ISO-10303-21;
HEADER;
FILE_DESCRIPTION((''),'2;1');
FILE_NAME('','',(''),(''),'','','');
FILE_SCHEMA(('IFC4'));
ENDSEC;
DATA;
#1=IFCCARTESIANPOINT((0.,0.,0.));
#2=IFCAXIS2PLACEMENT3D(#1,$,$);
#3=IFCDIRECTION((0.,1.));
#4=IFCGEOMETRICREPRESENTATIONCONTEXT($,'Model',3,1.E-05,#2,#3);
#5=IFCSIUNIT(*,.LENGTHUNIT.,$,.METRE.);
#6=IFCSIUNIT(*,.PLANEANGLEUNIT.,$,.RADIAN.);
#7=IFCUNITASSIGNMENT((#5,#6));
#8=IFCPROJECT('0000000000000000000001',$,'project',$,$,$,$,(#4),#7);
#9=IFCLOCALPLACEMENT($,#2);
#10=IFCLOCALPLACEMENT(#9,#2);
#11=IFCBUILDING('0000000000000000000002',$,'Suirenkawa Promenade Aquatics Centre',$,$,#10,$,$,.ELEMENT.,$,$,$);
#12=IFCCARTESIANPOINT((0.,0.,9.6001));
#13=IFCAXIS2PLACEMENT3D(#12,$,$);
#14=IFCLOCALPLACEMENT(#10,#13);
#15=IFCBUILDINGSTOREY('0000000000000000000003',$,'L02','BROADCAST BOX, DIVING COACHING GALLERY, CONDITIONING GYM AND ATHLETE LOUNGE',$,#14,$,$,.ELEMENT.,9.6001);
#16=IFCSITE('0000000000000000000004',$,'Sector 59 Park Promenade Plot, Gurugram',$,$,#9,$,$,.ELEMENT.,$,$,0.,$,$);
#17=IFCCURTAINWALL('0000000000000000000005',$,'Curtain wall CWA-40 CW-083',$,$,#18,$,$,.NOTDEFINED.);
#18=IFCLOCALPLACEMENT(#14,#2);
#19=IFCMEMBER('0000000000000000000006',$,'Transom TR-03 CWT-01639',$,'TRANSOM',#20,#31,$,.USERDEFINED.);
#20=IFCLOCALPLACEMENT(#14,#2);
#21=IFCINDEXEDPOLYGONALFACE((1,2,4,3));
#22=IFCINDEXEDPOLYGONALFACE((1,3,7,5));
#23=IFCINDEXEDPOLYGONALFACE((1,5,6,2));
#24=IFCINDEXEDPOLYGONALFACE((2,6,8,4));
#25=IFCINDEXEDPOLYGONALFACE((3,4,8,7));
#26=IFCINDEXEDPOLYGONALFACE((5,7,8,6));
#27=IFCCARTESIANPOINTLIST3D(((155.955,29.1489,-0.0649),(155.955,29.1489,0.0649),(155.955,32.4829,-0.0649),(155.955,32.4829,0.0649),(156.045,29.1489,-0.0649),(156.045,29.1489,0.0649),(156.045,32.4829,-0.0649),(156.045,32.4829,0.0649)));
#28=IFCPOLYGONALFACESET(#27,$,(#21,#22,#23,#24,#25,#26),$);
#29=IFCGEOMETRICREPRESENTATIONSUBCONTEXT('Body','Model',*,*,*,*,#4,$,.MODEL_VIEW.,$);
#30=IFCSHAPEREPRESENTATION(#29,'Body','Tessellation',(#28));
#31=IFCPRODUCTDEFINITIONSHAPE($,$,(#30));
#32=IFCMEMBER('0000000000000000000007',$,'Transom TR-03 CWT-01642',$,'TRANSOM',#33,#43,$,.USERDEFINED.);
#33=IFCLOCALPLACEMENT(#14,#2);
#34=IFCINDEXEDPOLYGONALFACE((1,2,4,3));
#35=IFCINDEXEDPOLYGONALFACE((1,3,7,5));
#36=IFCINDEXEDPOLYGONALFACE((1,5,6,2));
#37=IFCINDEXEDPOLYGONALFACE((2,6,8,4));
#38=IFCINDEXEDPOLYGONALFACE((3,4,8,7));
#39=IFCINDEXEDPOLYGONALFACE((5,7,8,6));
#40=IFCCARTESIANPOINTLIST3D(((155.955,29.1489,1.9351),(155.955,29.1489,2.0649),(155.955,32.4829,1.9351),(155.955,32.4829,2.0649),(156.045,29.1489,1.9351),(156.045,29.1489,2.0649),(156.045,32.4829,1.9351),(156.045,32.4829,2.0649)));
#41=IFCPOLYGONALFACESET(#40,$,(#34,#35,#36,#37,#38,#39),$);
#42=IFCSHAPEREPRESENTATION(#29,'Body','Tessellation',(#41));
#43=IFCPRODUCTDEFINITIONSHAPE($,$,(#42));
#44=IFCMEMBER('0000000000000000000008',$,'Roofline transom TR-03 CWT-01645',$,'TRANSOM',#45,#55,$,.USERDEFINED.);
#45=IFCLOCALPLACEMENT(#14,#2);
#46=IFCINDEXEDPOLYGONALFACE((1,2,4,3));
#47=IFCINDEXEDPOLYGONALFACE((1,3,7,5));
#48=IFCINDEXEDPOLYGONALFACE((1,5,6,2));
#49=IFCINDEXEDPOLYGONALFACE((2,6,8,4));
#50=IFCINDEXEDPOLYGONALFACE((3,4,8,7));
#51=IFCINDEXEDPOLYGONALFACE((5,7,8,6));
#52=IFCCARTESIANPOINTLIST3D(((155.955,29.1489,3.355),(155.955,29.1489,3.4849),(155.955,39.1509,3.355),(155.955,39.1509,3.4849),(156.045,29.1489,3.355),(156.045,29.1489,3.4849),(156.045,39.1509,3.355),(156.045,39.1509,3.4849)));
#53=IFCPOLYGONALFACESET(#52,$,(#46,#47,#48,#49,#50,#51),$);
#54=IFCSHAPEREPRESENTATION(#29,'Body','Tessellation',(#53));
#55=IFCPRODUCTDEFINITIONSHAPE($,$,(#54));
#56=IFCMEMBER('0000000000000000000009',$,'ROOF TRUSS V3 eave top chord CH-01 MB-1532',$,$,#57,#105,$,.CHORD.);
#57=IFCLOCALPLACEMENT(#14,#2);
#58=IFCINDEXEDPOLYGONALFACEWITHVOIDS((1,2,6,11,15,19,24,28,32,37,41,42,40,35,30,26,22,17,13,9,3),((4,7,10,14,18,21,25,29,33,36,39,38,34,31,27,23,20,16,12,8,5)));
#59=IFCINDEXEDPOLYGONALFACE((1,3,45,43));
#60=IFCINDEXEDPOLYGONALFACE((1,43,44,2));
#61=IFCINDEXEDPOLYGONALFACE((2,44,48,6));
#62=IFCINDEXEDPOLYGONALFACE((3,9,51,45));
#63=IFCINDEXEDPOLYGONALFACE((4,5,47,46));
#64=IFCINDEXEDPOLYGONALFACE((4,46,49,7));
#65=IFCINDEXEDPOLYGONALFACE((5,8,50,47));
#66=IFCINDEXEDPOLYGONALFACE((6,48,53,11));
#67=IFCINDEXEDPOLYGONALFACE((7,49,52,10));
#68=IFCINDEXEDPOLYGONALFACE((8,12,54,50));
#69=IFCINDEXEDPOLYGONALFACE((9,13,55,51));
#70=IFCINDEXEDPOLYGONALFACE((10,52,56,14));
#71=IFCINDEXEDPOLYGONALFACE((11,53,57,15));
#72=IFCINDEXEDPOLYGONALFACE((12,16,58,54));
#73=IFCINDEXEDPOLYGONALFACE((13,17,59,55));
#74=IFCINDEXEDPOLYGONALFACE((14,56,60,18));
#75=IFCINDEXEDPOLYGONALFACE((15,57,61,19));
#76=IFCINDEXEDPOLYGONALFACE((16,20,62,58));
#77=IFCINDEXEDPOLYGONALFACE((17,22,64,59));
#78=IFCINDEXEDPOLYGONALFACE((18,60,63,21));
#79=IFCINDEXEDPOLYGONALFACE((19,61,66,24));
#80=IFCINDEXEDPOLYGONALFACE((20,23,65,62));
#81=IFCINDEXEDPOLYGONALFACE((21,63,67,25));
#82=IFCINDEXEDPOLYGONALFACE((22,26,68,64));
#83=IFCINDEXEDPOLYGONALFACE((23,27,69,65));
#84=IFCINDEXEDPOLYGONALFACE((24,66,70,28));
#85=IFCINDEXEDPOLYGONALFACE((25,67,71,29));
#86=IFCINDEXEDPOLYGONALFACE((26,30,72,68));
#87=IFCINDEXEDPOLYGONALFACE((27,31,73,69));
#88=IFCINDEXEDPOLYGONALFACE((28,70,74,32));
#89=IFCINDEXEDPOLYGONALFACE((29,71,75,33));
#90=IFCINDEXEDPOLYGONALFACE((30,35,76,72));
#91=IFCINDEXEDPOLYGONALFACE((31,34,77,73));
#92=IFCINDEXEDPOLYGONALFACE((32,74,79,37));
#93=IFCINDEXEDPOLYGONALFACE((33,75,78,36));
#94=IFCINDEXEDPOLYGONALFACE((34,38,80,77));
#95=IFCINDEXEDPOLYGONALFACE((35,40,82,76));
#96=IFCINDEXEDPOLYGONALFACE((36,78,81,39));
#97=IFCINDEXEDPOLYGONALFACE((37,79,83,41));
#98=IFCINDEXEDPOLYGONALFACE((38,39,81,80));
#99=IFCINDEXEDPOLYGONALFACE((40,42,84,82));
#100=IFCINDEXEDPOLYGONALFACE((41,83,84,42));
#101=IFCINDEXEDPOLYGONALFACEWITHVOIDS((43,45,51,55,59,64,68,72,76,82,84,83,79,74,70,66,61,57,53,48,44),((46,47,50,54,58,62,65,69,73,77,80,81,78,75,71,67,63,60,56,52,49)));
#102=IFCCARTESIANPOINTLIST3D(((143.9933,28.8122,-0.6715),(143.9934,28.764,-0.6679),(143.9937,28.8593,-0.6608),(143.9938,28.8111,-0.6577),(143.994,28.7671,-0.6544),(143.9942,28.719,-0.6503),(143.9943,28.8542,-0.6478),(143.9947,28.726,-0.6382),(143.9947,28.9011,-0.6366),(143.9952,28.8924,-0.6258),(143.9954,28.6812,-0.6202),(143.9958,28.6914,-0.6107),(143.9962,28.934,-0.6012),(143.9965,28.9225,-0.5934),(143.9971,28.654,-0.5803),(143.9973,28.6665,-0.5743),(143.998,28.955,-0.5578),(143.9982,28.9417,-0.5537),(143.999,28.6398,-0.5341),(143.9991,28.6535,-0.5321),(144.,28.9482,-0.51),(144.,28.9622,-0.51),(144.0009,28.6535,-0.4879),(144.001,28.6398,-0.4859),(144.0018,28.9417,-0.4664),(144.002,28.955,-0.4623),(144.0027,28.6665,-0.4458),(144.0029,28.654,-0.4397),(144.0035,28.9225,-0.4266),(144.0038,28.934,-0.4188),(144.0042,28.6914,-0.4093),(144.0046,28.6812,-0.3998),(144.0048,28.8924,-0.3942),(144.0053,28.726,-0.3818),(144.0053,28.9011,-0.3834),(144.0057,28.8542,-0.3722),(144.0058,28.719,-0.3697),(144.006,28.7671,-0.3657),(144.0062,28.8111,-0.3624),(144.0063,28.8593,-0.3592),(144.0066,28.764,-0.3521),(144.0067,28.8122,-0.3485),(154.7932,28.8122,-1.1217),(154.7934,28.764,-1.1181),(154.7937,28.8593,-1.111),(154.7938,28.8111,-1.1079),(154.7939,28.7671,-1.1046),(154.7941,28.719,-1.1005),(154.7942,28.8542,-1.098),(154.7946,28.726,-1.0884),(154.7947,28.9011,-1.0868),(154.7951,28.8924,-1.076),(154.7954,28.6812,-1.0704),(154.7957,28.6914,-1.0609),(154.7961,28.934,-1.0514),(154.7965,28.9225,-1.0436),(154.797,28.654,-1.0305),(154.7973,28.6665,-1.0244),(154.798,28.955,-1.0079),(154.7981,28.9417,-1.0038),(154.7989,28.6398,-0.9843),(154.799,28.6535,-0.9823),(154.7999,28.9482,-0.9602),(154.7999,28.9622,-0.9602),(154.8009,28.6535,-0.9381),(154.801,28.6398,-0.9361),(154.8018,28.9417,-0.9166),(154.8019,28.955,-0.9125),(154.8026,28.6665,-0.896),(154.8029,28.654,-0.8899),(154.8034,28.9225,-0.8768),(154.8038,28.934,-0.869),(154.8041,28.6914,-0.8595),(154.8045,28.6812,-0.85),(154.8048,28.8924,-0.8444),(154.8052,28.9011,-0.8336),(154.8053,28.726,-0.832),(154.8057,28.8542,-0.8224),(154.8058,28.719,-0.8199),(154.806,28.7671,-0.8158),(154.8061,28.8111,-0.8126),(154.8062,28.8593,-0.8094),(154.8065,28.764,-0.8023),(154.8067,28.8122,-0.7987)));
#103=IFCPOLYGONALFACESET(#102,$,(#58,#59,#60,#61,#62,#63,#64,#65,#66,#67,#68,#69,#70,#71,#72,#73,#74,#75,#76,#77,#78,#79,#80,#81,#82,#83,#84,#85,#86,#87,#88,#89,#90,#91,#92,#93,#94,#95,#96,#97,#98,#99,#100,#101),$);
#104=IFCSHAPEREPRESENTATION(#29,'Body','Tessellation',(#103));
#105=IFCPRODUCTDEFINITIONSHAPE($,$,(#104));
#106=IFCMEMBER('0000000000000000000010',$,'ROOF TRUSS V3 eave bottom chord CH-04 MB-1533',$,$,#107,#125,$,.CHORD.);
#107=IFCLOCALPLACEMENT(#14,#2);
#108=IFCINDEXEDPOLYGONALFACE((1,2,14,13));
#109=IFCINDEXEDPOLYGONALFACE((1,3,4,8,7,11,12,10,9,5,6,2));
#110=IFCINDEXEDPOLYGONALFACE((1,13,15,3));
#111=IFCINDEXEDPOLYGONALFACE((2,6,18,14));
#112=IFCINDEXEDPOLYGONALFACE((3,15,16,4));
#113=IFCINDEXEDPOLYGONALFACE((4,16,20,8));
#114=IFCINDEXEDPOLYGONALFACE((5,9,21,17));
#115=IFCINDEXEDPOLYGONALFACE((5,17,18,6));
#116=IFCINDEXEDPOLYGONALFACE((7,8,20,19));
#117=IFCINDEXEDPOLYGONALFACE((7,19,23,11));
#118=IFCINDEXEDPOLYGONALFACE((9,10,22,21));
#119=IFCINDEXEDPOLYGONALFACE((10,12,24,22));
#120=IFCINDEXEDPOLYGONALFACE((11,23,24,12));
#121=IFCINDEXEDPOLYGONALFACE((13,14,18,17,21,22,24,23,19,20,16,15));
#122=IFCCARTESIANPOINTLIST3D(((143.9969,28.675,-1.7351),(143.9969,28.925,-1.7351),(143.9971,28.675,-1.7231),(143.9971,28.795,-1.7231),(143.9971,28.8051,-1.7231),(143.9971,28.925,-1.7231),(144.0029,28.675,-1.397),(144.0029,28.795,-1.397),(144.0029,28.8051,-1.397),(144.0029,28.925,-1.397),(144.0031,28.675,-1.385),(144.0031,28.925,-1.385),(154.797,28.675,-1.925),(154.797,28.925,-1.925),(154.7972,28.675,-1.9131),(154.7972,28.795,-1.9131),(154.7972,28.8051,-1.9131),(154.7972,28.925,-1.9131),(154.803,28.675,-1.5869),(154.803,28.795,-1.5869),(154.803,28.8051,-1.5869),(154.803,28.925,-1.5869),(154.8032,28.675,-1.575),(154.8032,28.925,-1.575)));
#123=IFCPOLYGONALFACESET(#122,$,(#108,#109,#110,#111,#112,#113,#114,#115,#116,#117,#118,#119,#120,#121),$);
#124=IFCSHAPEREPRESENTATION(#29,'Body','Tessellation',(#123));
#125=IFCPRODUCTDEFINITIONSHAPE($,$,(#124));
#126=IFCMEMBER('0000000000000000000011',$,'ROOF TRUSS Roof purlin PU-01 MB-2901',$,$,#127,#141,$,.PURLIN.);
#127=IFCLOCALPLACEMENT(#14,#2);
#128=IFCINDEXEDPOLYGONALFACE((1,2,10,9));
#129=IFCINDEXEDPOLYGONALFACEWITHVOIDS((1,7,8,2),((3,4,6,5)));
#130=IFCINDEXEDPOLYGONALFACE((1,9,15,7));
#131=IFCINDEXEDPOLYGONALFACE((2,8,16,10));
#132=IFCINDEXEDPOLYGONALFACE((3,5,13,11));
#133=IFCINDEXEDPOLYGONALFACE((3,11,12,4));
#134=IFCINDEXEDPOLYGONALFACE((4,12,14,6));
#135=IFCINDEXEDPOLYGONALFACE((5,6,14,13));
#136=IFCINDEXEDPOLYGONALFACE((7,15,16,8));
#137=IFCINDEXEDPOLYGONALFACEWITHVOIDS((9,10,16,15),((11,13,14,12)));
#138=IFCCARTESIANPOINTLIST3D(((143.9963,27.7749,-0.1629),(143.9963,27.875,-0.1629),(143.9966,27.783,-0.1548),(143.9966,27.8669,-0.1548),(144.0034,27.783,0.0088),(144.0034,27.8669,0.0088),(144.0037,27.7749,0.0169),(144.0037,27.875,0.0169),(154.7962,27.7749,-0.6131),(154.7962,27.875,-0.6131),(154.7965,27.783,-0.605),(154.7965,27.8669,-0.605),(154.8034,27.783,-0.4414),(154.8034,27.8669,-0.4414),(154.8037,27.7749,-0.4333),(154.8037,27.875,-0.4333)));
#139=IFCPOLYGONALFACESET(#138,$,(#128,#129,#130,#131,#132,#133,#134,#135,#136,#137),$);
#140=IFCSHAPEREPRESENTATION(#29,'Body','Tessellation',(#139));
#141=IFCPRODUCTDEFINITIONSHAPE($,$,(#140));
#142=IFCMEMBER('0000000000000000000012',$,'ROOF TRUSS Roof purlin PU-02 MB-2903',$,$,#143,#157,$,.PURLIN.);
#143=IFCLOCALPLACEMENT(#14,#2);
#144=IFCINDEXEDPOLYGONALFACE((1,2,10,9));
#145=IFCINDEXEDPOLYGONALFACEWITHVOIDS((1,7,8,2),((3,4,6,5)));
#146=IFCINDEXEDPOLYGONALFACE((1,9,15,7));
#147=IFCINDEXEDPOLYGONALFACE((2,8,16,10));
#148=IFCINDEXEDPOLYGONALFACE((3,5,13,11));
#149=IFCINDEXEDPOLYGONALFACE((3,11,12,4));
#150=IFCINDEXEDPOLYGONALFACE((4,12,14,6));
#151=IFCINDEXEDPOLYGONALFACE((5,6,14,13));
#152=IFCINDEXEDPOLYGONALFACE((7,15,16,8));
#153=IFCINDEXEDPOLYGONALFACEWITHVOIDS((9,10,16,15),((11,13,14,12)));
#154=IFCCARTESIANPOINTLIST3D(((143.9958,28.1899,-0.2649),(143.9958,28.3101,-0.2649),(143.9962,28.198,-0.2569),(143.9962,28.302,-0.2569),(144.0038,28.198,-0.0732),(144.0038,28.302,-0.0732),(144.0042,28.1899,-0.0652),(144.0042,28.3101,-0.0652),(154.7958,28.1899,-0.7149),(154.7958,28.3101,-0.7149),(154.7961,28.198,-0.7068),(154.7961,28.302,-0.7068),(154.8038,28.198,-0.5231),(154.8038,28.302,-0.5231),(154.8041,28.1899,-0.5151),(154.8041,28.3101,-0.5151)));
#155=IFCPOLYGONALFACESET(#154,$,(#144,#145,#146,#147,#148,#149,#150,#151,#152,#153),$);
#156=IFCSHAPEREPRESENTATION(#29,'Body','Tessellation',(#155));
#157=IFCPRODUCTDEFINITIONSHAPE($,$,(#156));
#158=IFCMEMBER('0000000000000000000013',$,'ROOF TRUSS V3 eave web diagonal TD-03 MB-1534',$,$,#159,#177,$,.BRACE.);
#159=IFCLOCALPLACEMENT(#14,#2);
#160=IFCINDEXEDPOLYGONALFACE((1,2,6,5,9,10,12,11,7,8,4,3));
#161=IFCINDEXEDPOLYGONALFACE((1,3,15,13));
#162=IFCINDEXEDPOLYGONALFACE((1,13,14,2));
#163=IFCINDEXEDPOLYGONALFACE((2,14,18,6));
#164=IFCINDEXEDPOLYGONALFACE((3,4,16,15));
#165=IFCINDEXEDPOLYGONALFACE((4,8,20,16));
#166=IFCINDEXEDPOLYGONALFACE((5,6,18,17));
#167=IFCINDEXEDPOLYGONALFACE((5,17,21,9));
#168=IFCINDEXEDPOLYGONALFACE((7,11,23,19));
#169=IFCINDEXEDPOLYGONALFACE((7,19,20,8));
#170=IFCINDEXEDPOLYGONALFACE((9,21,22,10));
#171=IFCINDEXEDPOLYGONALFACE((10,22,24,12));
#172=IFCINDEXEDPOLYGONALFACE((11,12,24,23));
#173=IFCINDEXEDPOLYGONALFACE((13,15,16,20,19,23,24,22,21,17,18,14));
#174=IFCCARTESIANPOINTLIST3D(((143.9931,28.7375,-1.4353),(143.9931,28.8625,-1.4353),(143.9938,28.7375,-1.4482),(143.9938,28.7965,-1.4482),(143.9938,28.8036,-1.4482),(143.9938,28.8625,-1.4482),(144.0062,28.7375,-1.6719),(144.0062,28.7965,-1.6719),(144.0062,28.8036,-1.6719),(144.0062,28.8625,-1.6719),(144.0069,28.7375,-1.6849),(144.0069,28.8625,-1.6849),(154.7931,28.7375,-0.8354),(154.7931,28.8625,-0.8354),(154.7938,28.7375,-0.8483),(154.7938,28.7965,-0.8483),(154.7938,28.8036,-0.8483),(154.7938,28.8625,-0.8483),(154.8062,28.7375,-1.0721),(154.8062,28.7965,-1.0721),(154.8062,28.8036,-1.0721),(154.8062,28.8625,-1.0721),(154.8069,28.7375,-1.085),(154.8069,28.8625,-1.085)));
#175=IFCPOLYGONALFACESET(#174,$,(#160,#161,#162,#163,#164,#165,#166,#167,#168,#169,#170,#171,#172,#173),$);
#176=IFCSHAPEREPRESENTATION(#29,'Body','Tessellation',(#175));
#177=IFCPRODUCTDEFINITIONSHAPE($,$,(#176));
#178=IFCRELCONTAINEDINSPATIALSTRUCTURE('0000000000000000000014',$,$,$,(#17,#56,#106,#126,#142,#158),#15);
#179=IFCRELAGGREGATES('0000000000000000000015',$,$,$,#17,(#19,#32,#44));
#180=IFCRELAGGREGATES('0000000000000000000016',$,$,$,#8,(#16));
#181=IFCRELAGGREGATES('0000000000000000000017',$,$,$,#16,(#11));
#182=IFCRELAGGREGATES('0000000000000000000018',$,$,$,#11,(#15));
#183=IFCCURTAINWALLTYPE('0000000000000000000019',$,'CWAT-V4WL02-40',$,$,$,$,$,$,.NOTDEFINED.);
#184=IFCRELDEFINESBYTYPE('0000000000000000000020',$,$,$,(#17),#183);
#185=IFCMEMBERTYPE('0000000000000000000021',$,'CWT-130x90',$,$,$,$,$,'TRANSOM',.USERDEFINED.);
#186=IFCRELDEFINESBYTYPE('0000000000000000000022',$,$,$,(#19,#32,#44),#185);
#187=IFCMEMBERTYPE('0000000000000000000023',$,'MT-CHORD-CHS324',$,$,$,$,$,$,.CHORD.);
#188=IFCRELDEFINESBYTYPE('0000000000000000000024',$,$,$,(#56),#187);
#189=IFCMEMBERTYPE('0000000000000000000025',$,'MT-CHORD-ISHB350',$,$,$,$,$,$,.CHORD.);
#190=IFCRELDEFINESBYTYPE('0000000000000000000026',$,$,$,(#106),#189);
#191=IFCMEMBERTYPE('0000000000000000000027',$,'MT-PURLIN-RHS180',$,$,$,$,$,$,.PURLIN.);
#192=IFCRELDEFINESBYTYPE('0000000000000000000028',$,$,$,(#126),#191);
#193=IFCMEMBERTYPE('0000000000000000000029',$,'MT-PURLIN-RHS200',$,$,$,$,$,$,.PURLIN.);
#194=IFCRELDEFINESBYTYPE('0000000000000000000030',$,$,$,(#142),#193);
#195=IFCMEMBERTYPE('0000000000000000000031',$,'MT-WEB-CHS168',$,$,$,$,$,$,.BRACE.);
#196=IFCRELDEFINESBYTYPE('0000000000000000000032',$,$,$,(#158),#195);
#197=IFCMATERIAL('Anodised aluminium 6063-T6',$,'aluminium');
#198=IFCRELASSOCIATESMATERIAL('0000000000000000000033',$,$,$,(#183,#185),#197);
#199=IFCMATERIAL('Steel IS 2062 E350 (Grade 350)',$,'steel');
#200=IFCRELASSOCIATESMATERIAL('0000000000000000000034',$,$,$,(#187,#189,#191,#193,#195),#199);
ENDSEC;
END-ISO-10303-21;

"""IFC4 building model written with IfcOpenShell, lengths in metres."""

from ifc_helpers import new_model, si_unit, direction, frame, origin, origin_2d, place, context, subcontext, project, spatial, rectangle, hollow_rectangle, hollow_circle, i_section, extrude, material, material_profile, profile_set, type_object, element, aggregate, save


model = new_model("IFC4")

# Units and contexts
model_context = context("Model", 3, precision=1e-05, world=origin(), true_north=direction((0.0, 1.0)))
body_context = subcontext(model_context, "Body", "Model", "MODEL_VIEW")
ifc_project = project(units=[si_unit("LENGTHUNIT", "METRE"), si_unit("PLANEANGLEUNIT", "RADIAN")], contexts=[model_context])

# Site, building, storey
site_placement = place(None, origin())
site = spatial("IfcSite", under=ifc_project, at=site_placement, Name="Sector 59 Park Promenade Plot, Gurugram", CompositionType="ELEMENT", RefElevation=0.0)
building_placement = place(site_placement, origin())
building = spatial("IfcBuilding", under=site, at=building_placement, Name="Suirenkawa Promenade Aquatics Centre", CompositionType="ELEMENT")
storey_placement = place(building_placement, frame((0.0, 0.0, 9.6001)))
storey = spatial("IfcBuildingStorey", under=building, at=storey_placement, Name="L02", Description="BROADCAST BOX, DIVING COACHING GALLERY, CONDITIONING GYM AND ATHLETE LOUNGE", CompositionType="ELEMENT", Elevation=9.6001)

# Shared definitions
ifc_material_1 = material(Name="Anodised aluminium 6063-T6", Category="aluminium")

# Curtain wall
curtain_wall_type_1 = type_object("IfcCurtainWallType", Name="CWAT-V4WL02-40", PredefinedType="NOTDEFINED", material=ifc_material_1)
curtain_wall_1_placement = place(storey_placement, origin())
curtain_wall_1 = element("IfcCurtainWall", 1, at=curtain_wall_1_placement, inside=storey, type_object=curtain_wall_type_1, Name="Curtain wall CWA-40 CW-083", PredefinedType="NOTDEFINED")

# Members
ifc_material_profile_1 = material_profile(ifc_material_1, rectangle(XDim=0.0901, YDim=0.1299, at=origin_2d()), Name="ALU TRAN 90x130", Category="aluminium")
ifc_profile_set_1 = profile_set([ifc_material_profile_1], Name="Anodised aluminium 6063-T6")
member_type_1 = type_object("IfcMemberType", Name="CWT-130x90", ElementType="TRANSOM", PredefinedType="USERDEFINED", material=ifc_profile_set_1)
member_1_placement = place(storey_placement, frame((156.0, 29.1489, 0.0), z_axis=(0.0, 1.0, 0.0), x_axis=(-1.0, 0.0, 0.0)))
member_1 = element("IfcMember", 2, at=member_1_placement, type_object=member_type_1, Name="Transom TR-03 CWT-01639", ObjectType="TRANSOM", PredefinedType="USERDEFINED", context=body_context, shape_type="SweptSolid", body=[
    extrude(rectangle(XDim=0.0901, YDim=0.1299, at=origin_2d()), origin(), (0.0, 0.0, 1.0), 3.334),
])
member_2_placement = place(storey_placement, frame((156.0, 29.1489, 2.0), z_axis=(0.0, 1.0, 0.0), x_axis=(-1.0, 0.0, 0.0)))
member_2 = element("IfcMember", 3, at=member_2_placement, type_object=member_type_1, Name="Transom TR-03 CWT-01642", ObjectType="TRANSOM", PredefinedType="USERDEFINED", context=body_context, shape_type="SweptSolid", body=[
    extrude(rectangle(XDim=0.0901, YDim=0.1299, at=origin_2d()), origin(), (0.0, 0.0, 1.0), 3.334),
])
member_3_placement = place(storey_placement, frame((156.0, 29.1489, 3.4199), z_axis=(0.0, 1.0, 0.0), x_axis=(-1.0, 0.0, 0.0)))
member_3 = element("IfcMember", 4, at=member_3_placement, type_object=member_type_1, Name="Roofline transom TR-03 CWT-01645", ObjectType="TRANSOM", PredefinedType="USERDEFINED", context=body_context, shape_type="SweptSolid", body=[
    extrude(rectangle(XDim=0.0901, YDim=0.1299, at=origin_2d()), origin(), (0.0, 0.0, 1.0), 10.002),
])
aggregate(curtain_wall_1, [member_1, member_2, member_3])

# Members
ifc_material_2 = material(Name="Steel IS 2062 E350 (Grade 350)", Category="steel")
ifc_material_profile_2 = material_profile(ifc_material_2, hollow_circle(Radius=0.1621, WallThickness=0.0139, at=origin_2d()), Name="CHS 324x14", Category="steel")
ifc_profile_set_2 = profile_set([ifc_material_profile_2], Name="Steel IS 2062 E350 (Grade 350)")
member_type_2 = type_object("IfcMemberType", Name="MT-CHORD-CHS324", PredefinedType="CHORD", material=ifc_profile_set_2)
member_4_placement = place(storey_placement, frame((144.0, 28.8, -0.51), z_axis=(0.999132, 0.0, -0.041648), x_axis=(0.0, 1.0, 0.0)))
element("IfcMember", 5, at=member_4_placement, inside=storey, type_object=member_type_2, Name="ROOF TRUSS V3 eave top chord CH-01 MB-1532", PredefinedType="CHORD", context=body_context, shape_type="SweptSolid", body=[
    extrude(hollow_circle(Radius=0.1621, WallThickness=0.0139, at=origin_2d()), origin(), (0.0, 0.0, 1.0), 10.8093),
])
ifc_material_profile_3 = material_profile(ifc_material_2, i_section(OverallWidth=0.25, OverallDepth=0.3501, WebThickness=0.01, FlangeThickness=0.012, at=origin_2d()), Name="ISHB 350", Category="steel")
ifc_profile_set_3 = profile_set([ifc_material_profile_3], Name="Steel IS 2062 E350 (Grade 350)")
member_type_3 = type_object("IfcMemberType", Name="MT-CHORD-ISHB350", PredefinedType="CHORD", material=ifc_profile_set_3)
member_5_placement = place(storey_placement, frame((144.0, 28.8, -1.5601), z_axis=(0.999845, 0.0, -0.017584), x_axis=(0.0, 1.0, 0.0)))
element("IfcMember", 6, at=member_5_placement, inside=storey, type_object=member_type_3, Name="ROOF TRUSS V3 eave bottom chord CH-04 MB-1533", PredefinedType="CHORD", context=body_context, shape_type="SweptSolid", body=[
    extrude(i_section(OverallWidth=0.25, OverallDepth=0.3501, WebThickness=0.01, FlangeThickness=0.012, at=origin_2d()), origin(), (0.0, 0.0, 1.0), 10.8018),
])
ifc_material_profile_4 = material_profile(ifc_material_2, hollow_rectangle(XDim=0.1001, YDim=0.1799, WallThickness=0.0081, at=origin_2d()), Name="RHS 180x100x8", Category="steel")
ifc_profile_set_4 = profile_set([ifc_material_profile_4], Name="Steel IS 2062 E350 (Grade 350)")
member_type_4 = type_object("IfcMemberType", Name="MT-PURLIN-RHS180", PredefinedType="PURLIN", material=ifc_profile_set_4)
member_6_placement = place(storey_placement, frame((144.0, 27.825, -0.073), z_axis=(0.999132, 0.0, -0.041648), x_axis=(0.0, 1.0, 0.0)))
element("IfcMember", 7, at=member_6_placement, inside=storey, type_object=member_type_4, Name="ROOF TRUSS Roof purlin PU-01 MB-2901", PredefinedType="PURLIN", context=body_context, shape_type="SweptSolid", body=[
    extrude(hollow_rectangle(XDim=0.1001, YDim=0.1799, WallThickness=0.0081, at=origin_2d()), origin(), (0.0, 0.0, 1.0), 10.8093),
])
ifc_material_profile_5 = material_profile(ifc_material_2, hollow_rectangle(XDim=0.1201, YDim=0.2, WallThickness=0.0081, at=origin_2d()), Name="RHS 200x120x8", Category="steel")
ifc_profile_set_5 = profile_set([ifc_material_profile_5], Name="Steel IS 2062 E350 (Grade 350)")
member_type_5 = type_object("IfcMemberType", Name="MT-PURLIN-RHS200", PredefinedType="PURLIN", material=ifc_profile_set_5)
member_7_placement = place(storey_placement, frame((144.0, 28.25, -0.165), z_axis=(0.999133, 0.0, -0.041626), x_axis=(0.0, 1.0, 0.0)))
element("IfcMember", 8, at=member_7_placement, inside=storey, type_object=member_type_5, Name="ROOF TRUSS Roof purlin PU-02 MB-2903", PredefinedType="PURLIN", context=body_context, shape_type="SweptSolid", body=[
    extrude(hollow_rectangle(XDim=0.1201, YDim=0.2, WallThickness=0.0081, at=origin_2d()), origin(), (0.0, 0.0, 1.0), 10.8093),
])
ifc_material_profile_6 = material_profile(ifc_material_2, i_section(OverallWidth=0.125, OverallDepth=0.25, WebThickness=0.0071, FlangeThickness=0.0129, at=origin_2d()), Name="ISMB 250", Category="steel")
ifc_profile_set_6 = profile_set([ifc_material_profile_6], Name="Steel IS 2062 E350 (Grade 350)")
member_type_6 = type_object("IfcMemberType", Name="MT-WEB-CHS168", PredefinedType="BRACE", material=ifc_profile_set_6)
member_8_placement = place(storey_placement, frame((144.0, 28.8, -1.5601), z_axis=(0.998461, 0.0, 0.055456), x_axis=(0.0, 1.0, 0.0)))
element("IfcMember", 9, at=member_8_placement, inside=storey, type_object=member_type_6, Name="ROOF TRUSS V3 eave web diagonal TD-03 MB-1534", PredefinedType="BRACE", context=body_context, shape_type="SweptSolid", body=[
    extrude(i_section(OverallWidth=0.125, OverallDepth=0.25, WebThickness=0.0071, FlangeThickness=0.0129, at=origin_2d()), origin(), (0.0, 0.0, 1.0), 10.8167),
])

save(model, "model.ifc")
